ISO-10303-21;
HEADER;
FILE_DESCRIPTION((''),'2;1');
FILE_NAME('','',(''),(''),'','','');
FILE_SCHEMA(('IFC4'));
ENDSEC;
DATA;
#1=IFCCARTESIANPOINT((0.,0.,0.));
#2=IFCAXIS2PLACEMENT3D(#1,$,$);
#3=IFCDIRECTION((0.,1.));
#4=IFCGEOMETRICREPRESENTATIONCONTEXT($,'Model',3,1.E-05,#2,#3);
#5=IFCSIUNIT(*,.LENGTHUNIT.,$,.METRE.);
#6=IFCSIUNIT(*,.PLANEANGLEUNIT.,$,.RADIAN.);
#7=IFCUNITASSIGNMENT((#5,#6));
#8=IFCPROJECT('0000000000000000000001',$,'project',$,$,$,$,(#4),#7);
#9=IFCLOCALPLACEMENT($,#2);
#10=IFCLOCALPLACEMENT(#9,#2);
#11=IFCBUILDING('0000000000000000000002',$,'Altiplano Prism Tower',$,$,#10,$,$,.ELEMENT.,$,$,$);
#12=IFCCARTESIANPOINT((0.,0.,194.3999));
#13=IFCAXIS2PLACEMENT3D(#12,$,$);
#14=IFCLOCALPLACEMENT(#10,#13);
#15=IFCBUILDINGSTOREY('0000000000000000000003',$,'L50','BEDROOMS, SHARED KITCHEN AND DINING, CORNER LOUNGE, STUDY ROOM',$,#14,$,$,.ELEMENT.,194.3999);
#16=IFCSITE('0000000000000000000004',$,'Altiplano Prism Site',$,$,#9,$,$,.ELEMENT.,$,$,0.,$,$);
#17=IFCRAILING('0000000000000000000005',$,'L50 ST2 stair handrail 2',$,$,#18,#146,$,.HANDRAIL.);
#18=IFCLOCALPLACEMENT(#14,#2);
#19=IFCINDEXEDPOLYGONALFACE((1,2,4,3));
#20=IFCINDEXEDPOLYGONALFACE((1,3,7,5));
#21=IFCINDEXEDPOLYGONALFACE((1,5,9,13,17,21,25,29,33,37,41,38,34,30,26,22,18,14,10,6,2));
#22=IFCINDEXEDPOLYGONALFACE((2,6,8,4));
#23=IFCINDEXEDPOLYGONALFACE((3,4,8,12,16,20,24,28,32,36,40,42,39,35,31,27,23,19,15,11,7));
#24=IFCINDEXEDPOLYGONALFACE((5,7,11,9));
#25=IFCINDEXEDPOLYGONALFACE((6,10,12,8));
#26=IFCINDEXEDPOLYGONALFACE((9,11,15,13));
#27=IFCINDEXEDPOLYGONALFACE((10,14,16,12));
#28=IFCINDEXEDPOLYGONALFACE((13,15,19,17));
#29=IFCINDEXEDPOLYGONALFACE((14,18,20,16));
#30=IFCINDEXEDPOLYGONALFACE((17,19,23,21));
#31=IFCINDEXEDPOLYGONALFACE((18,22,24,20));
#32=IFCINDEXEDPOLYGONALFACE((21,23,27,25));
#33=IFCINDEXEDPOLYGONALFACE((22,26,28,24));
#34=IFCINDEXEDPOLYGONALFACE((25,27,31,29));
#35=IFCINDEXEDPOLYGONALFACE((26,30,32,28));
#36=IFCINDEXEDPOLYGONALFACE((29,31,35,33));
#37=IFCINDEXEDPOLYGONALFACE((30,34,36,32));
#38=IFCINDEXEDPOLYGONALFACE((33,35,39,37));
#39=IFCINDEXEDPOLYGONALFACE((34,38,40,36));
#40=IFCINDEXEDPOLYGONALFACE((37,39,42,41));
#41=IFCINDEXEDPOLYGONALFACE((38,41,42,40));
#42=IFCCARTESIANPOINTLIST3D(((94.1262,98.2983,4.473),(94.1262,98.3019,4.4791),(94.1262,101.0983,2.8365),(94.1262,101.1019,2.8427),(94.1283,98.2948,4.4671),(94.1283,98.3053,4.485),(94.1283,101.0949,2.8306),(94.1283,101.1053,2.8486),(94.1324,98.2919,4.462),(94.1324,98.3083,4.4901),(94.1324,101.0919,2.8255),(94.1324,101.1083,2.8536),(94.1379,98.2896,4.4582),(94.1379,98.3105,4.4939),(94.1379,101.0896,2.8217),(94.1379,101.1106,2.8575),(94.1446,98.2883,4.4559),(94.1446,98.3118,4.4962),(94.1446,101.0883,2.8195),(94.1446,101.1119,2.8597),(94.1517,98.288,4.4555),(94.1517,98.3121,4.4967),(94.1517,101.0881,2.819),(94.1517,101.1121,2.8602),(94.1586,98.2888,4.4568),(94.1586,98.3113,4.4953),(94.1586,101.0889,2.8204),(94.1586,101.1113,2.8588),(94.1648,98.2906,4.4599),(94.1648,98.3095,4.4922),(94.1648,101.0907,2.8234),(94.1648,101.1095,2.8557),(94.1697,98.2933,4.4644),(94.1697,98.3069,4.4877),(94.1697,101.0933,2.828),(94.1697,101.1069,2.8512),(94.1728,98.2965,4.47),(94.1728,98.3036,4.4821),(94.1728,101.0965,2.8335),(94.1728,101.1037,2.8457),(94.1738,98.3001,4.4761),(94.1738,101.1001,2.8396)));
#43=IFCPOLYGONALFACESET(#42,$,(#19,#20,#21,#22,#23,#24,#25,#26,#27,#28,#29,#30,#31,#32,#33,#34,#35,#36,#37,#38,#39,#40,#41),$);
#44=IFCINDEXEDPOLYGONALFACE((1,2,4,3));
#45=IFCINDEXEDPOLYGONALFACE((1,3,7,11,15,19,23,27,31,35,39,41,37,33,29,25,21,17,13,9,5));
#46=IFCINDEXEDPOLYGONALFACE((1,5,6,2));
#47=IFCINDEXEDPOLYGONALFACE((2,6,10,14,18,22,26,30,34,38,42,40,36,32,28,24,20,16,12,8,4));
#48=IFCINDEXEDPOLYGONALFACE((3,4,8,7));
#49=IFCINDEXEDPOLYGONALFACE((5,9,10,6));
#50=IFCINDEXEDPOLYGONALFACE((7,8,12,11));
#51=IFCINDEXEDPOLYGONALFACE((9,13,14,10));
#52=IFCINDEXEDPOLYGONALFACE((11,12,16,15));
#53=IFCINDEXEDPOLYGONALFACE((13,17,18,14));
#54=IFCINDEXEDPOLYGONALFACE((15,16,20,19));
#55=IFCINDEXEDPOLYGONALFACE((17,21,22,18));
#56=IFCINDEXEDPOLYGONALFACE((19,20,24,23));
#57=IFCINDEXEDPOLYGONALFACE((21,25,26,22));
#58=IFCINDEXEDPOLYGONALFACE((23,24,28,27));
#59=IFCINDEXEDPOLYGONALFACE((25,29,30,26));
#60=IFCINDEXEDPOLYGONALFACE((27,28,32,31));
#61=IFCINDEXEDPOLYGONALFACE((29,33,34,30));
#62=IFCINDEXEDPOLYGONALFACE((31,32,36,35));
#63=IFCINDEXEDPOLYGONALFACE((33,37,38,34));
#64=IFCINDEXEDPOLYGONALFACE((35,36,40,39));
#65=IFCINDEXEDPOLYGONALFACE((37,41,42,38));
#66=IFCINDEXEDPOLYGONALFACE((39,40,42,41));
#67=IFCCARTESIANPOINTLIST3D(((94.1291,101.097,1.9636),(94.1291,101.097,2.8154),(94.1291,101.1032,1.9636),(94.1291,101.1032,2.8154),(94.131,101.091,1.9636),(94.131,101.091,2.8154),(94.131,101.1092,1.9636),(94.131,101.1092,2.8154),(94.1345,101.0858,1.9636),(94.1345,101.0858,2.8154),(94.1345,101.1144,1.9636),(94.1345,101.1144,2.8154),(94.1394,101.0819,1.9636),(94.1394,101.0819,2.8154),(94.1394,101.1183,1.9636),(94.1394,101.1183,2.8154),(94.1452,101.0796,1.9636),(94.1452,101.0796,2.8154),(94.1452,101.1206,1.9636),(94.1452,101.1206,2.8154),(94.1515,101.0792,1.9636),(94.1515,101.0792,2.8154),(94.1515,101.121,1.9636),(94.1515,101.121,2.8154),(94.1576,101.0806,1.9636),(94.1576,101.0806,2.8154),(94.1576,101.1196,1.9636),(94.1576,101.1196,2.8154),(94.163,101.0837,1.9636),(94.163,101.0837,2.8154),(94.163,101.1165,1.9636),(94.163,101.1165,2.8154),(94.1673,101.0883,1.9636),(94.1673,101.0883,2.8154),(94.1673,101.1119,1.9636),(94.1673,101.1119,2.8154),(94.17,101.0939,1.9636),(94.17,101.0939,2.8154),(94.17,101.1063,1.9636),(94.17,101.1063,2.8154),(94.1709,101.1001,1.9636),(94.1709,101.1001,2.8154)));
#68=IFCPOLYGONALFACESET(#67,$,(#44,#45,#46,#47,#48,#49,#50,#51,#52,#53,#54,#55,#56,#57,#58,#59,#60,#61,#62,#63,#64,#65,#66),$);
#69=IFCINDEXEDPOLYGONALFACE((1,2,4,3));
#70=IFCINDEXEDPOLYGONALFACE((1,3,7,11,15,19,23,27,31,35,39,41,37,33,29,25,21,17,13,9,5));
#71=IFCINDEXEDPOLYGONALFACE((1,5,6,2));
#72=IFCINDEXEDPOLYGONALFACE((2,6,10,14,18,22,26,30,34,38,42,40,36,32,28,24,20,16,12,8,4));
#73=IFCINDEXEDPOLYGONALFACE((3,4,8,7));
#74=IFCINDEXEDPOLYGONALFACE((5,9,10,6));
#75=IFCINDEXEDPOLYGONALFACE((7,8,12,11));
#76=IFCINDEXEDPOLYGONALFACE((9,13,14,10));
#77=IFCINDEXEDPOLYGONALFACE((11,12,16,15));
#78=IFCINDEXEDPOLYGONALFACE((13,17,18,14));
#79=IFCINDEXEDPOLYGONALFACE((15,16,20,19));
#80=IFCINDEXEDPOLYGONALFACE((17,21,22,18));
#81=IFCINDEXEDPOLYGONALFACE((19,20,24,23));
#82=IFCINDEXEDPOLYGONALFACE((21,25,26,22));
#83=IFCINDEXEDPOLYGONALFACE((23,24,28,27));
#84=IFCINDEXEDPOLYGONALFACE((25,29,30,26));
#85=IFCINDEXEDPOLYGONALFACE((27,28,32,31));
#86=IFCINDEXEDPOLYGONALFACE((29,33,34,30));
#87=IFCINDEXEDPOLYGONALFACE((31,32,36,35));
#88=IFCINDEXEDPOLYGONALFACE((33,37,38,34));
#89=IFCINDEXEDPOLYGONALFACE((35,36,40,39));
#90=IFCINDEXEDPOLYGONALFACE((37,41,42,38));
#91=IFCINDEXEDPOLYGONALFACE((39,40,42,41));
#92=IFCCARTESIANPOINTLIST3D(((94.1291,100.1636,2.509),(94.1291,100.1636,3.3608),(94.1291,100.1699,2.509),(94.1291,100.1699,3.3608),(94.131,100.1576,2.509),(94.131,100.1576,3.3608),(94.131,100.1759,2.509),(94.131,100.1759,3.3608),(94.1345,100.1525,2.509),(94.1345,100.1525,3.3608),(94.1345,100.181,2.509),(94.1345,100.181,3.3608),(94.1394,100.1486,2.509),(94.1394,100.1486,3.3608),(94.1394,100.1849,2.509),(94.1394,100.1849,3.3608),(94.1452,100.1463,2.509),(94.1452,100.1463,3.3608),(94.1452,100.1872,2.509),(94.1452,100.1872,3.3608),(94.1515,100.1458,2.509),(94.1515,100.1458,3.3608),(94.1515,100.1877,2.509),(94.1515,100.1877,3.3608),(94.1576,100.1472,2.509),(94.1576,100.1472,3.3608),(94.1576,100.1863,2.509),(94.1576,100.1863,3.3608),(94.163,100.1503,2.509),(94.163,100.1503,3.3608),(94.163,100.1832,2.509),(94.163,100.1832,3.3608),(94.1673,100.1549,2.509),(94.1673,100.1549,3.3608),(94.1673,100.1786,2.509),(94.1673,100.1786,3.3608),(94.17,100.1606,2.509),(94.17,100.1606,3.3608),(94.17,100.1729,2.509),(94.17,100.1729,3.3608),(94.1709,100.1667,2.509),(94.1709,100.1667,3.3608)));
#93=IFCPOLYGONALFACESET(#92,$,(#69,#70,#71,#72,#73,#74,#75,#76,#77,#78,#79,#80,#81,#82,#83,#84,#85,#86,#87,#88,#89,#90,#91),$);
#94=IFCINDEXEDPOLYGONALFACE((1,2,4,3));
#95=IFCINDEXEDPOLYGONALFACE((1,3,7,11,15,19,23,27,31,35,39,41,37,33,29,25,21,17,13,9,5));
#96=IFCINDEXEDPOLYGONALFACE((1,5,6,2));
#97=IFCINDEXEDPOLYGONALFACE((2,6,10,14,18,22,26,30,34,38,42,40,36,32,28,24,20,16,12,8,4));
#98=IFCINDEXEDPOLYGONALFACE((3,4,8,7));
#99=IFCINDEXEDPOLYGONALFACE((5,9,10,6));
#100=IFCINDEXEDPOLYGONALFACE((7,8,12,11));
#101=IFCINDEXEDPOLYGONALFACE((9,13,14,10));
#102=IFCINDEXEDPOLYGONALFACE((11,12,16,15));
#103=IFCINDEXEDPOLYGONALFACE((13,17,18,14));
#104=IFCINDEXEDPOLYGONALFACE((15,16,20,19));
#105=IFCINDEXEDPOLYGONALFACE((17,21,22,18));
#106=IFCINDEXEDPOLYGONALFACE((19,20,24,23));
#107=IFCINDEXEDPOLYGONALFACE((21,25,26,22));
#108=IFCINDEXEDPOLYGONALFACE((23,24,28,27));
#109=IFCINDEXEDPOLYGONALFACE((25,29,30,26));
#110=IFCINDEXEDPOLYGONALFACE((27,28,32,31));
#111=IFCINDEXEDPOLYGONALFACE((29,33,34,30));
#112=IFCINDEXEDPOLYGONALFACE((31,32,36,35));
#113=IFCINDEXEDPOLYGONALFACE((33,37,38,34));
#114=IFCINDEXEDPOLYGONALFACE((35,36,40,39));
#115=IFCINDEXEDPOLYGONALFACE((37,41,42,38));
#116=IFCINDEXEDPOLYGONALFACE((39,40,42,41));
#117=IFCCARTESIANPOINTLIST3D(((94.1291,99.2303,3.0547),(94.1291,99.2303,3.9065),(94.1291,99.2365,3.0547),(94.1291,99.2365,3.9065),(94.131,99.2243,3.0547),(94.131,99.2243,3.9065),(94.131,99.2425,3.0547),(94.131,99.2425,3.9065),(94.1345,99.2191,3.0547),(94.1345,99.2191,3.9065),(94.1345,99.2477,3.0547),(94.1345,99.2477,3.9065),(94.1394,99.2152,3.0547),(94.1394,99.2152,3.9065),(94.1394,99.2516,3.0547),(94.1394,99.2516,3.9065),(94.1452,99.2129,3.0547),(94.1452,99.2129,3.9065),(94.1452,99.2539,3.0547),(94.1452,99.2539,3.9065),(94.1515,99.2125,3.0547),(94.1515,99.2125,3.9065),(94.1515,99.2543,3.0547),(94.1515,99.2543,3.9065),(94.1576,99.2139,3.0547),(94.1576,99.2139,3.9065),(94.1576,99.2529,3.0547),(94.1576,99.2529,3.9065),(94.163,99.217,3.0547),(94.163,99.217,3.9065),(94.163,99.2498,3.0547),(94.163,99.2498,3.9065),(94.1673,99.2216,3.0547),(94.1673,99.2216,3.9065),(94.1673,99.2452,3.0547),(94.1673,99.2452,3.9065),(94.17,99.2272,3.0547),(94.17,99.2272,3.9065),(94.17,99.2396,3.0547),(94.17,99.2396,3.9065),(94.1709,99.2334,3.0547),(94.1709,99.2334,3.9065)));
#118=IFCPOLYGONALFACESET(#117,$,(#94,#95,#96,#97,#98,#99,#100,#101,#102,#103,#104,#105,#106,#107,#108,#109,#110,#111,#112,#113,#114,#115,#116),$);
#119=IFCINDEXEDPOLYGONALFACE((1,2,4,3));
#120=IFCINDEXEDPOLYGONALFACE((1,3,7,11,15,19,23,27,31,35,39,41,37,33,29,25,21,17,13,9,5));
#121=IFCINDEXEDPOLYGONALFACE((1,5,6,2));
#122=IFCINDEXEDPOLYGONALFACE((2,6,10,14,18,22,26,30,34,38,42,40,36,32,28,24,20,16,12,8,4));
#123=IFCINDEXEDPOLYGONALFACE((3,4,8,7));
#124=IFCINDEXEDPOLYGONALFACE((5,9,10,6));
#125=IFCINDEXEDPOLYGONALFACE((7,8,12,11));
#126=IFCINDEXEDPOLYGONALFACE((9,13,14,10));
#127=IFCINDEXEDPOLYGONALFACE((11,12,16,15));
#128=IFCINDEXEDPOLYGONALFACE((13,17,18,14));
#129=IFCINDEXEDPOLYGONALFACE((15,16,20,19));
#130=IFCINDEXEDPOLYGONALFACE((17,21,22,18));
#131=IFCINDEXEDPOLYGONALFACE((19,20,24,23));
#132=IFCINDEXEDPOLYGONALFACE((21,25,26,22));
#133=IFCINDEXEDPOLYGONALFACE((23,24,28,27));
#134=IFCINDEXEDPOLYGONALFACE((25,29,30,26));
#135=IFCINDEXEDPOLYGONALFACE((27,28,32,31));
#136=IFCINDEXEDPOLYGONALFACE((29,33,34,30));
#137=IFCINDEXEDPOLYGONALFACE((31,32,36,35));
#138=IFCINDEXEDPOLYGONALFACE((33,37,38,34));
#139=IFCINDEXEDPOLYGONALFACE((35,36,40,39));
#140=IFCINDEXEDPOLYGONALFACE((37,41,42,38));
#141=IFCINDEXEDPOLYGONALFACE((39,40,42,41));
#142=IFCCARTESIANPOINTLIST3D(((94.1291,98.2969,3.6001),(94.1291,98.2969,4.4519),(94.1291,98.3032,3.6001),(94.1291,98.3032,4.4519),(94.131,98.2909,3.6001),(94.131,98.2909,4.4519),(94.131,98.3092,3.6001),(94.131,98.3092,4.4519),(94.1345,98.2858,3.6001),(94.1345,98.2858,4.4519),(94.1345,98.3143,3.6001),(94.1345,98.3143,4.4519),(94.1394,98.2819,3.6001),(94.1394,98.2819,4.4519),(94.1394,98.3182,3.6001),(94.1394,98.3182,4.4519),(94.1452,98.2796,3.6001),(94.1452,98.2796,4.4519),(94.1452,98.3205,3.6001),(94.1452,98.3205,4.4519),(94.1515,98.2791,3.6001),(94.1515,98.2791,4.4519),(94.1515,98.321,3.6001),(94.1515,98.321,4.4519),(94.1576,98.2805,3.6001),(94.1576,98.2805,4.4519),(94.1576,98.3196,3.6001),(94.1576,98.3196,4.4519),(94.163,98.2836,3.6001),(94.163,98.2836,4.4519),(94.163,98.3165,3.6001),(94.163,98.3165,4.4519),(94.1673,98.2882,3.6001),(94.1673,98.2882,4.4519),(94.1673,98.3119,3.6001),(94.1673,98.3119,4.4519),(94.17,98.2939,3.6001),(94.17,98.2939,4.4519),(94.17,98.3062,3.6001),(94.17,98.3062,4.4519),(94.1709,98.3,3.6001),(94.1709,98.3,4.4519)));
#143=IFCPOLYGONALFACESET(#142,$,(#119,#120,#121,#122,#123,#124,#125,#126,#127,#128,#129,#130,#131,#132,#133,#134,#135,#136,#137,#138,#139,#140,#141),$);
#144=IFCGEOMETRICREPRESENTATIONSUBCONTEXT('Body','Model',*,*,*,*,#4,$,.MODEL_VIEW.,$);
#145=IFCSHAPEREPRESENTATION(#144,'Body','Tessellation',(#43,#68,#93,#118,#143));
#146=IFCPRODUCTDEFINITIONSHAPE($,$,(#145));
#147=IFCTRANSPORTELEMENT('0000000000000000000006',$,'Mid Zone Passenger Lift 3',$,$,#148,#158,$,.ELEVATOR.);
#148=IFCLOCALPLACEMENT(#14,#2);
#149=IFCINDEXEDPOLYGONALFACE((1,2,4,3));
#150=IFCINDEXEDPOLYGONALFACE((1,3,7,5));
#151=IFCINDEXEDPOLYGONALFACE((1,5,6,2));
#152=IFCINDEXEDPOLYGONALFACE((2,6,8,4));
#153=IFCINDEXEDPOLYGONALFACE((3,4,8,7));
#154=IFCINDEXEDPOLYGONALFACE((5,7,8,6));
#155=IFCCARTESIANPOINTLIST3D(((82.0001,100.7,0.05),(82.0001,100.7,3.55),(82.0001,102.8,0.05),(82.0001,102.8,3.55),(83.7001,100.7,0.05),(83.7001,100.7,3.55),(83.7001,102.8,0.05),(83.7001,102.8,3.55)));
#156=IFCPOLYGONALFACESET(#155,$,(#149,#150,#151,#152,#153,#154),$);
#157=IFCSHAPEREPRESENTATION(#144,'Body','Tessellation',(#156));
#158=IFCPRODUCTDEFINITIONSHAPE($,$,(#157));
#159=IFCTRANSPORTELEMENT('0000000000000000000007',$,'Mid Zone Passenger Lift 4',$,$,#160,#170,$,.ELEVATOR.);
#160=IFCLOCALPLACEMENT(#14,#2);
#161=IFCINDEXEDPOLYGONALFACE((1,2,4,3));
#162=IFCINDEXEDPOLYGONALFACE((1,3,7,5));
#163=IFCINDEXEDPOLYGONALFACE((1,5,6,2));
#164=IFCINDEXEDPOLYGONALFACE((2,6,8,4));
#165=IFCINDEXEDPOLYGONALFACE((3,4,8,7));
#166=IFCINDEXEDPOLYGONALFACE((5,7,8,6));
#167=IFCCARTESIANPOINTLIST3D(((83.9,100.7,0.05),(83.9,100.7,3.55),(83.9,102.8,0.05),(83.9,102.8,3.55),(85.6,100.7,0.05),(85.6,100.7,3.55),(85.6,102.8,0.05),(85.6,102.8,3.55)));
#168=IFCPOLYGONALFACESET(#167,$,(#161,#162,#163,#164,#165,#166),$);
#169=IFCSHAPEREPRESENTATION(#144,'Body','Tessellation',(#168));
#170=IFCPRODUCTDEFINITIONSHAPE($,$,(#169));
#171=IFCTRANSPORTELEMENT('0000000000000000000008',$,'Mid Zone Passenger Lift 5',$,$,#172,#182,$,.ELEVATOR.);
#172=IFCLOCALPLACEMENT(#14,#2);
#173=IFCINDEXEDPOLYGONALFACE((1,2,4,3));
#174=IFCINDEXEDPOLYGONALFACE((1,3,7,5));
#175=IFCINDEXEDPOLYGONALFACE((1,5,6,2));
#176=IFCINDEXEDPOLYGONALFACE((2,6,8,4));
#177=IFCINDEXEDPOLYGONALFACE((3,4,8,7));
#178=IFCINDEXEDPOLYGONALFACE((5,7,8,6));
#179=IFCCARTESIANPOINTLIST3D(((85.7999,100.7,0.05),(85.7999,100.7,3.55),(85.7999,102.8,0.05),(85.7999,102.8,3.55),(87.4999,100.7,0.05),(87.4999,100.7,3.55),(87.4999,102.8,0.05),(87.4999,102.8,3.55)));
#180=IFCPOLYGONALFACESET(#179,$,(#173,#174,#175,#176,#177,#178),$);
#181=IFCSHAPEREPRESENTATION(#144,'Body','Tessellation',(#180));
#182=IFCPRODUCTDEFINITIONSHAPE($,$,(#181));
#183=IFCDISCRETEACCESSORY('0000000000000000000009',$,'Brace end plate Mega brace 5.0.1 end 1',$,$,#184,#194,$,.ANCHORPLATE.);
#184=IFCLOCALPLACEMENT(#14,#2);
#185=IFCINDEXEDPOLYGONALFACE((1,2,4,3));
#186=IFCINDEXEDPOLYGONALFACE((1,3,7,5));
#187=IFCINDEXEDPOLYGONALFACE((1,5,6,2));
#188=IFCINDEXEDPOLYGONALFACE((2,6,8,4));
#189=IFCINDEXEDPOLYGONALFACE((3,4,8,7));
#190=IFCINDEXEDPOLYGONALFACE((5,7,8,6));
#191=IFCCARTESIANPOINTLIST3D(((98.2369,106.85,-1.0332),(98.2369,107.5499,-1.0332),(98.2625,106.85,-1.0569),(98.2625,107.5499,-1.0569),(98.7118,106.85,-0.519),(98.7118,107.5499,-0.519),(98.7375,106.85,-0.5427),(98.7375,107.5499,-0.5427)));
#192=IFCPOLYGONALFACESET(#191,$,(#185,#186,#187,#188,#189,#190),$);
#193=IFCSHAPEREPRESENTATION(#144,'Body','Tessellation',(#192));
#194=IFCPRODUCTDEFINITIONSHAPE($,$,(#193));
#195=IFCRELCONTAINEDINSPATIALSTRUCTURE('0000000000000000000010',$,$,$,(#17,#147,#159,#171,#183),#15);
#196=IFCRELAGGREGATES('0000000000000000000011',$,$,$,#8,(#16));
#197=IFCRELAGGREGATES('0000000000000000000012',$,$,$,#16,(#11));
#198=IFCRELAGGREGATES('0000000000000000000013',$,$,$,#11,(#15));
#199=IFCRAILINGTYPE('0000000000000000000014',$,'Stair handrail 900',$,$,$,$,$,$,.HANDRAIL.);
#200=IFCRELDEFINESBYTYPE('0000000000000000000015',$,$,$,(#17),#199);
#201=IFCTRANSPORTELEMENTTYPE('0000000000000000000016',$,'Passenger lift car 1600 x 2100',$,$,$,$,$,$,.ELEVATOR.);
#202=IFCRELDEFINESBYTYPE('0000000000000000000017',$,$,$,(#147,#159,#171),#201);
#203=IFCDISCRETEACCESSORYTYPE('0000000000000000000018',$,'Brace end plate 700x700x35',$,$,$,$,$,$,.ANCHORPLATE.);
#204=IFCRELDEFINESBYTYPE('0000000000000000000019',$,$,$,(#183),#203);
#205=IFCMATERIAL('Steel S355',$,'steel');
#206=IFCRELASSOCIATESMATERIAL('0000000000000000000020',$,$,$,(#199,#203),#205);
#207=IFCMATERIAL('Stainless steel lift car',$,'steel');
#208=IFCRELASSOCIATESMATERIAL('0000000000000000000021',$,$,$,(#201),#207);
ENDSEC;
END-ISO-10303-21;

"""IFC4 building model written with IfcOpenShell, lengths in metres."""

from ifc_helpers import new_model, si_unit, direction, frame, origin, origin_2d, place, context, subcontext, project, spatial, rectangle, circle, extrude, material, material_profile, profile_set, type_object, element, save


model = new_model("IFC4")

# Units and contexts
model_context = context("Model", 3, precision=1e-05, world=origin(), true_north=direction((0.0, 1.0)))
body_context = subcontext(model_context, "Body", "Model", "MODEL_VIEW")
ifc_project = project(units=[si_unit("LENGTHUNIT", "METRE"), si_unit("PLANEANGLEUNIT", "RADIAN")], contexts=[model_context])

# Site, building, storey
site_placement = place(None, origin())
site = spatial("IfcSite", under=ifc_project, at=site_placement, Name="Altiplano Prism Site", CompositionType="ELEMENT", RefElevation=0.0)
building_placement = place(site_placement, origin())
building = spatial("IfcBuilding", under=site, at=building_placement, Name="Altiplano Prism Tower", CompositionType="ELEMENT")
storey_placement = place(building_placement, frame((0.0, 0.0, 194.3999)))
storey = spatial("IfcBuildingStorey", under=building, at=storey_placement, Name="L50", Description="BEDROOMS, SHARED KITCHEN AND DINING, CORNER LOUNGE, STUDY ROOM", CompositionType="ELEMENT", Elevation=194.3999)

# Shared definitions
ifc_material_1 = material(Name="Steel S355", Category="steel")

# Railing
railing_type = type_object("IfcRailingType", Name="Stair handrail 900", PredefinedType="HANDRAIL", material=ifc_material_1)
railing_1_placement = place(storey_placement, frame((94.1499, 101.1001, 1.9636)))
element("IfcRailing", 1, at=railing_1_placement, inside=storey, type_object=railing_type, Name="L50 ST2 stair handrail 2", PredefinedType="HANDRAIL", context=body_context, shape_type="SweptSolid", body=[
    extrude(circle(Radius=0.0239, at=origin_2d()), frame((0.0, 0.0, 0.876), z_axis=(0.0, -0.863361, 0.504587), x_axis=(1.0, 0.0, 0.0)), (0.0, 0.0, 1.0), 3.2432),
    extrude(circle(Radius=0.021, at=origin_2d()), origin(), (0.0, 0.0, 1.0), 0.8518),
    extrude(circle(Radius=0.021, at=origin_2d()), frame((0.0, -0.9333, 0.5454)), (0.0, 0.0, 1.0), 0.8518),
    extrude(circle(Radius=0.021, at=origin_2d()), frame((0.0, -1.8667, 1.0911)), (0.0, 0.0, 1.0), 0.8518),
    extrude(circle(Radius=0.021, at=origin_2d()), frame((0.0, -2.8, 1.6365)), (0.0, 0.0, 1.0), 0.8518),
])

# Transport elements
ifc_material_2 = material(Name="Stainless steel lift car", Category="steel")
transport_element_type = type_object("IfcTransportElementType", Name="Passenger lift car 1600 x 2100", PredefinedType="ELEVATOR", material=ifc_material_2)
for number, where, z_axis, x_axis, name in (
    (2, (82.8501, 101.75, 0.05), (0.0, 0.0, 1.0), (1.0, 0.0, 0.0), "Mid Zone Passenger Lift 3"),
    (3, (84.75, 101.75, 0.05), (0.0, 0.0, 1.0), (1.0, 0.0, 0.0), "Mid Zone Passenger Lift 4"),
    (4, (86.6499, 101.75, 0.05), (0.0, 0.0, 1.0), (1.0, 0.0, 0.0), "Mid Zone Passenger Lift 5"),
):
    element("IfcTransportElement", number, at=place(storey_placement, frame(where, z_axis=z_axis, x_axis=x_axis)), inside=storey, type_object=transport_element_type, Name=name, PredefinedType="ELEVATOR", context=body_context, shape_type="SweptSolid", body=[
        extrude(rectangle(XDim=1.7, YDim=2.1001, at=origin_2d()), origin(), (0.0, 0.0, 1.0), 3.5),
    ])

# Discrete accessory
ifc_material_profile_1 = material_profile(ifc_material_1, rectangle(XDim=0.7, YDim=0.7, at=origin_2d()), Name="Brace end plate 700x700x35")
ifc_profile_set_1 = profile_set([ifc_material_profile_1], Name="Steel S355")
discrete_accessory_type = type_object("IfcDiscreteAccessoryType", Name="Brace end plate 700x700x35", PredefinedType="ANCHORPLATE", material=ifc_profile_set_1)
discrete_accessory_placement = place(storey_placement, frame((98.5, 107.2, -0.7998), z_axis=(-0.734535, 0.0, 0.678571), x_axis=(0.0, -1.0, 0.0)))
element("IfcDiscreteAccessory", 5, at=discrete_accessory_placement, inside=storey, type_object=discrete_accessory_type, Name="Brace end plate Mega brace 5.0.1 end 1", PredefinedType="ANCHORPLATE", context=body_context, shape_type="SweptSolid", body=[
    extrude(rectangle(XDim=0.7, YDim=0.7, at=origin_2d()), origin(), (0.0, 0.0, 1.0), 0.0349),
])

save(model, "model.ifc")
